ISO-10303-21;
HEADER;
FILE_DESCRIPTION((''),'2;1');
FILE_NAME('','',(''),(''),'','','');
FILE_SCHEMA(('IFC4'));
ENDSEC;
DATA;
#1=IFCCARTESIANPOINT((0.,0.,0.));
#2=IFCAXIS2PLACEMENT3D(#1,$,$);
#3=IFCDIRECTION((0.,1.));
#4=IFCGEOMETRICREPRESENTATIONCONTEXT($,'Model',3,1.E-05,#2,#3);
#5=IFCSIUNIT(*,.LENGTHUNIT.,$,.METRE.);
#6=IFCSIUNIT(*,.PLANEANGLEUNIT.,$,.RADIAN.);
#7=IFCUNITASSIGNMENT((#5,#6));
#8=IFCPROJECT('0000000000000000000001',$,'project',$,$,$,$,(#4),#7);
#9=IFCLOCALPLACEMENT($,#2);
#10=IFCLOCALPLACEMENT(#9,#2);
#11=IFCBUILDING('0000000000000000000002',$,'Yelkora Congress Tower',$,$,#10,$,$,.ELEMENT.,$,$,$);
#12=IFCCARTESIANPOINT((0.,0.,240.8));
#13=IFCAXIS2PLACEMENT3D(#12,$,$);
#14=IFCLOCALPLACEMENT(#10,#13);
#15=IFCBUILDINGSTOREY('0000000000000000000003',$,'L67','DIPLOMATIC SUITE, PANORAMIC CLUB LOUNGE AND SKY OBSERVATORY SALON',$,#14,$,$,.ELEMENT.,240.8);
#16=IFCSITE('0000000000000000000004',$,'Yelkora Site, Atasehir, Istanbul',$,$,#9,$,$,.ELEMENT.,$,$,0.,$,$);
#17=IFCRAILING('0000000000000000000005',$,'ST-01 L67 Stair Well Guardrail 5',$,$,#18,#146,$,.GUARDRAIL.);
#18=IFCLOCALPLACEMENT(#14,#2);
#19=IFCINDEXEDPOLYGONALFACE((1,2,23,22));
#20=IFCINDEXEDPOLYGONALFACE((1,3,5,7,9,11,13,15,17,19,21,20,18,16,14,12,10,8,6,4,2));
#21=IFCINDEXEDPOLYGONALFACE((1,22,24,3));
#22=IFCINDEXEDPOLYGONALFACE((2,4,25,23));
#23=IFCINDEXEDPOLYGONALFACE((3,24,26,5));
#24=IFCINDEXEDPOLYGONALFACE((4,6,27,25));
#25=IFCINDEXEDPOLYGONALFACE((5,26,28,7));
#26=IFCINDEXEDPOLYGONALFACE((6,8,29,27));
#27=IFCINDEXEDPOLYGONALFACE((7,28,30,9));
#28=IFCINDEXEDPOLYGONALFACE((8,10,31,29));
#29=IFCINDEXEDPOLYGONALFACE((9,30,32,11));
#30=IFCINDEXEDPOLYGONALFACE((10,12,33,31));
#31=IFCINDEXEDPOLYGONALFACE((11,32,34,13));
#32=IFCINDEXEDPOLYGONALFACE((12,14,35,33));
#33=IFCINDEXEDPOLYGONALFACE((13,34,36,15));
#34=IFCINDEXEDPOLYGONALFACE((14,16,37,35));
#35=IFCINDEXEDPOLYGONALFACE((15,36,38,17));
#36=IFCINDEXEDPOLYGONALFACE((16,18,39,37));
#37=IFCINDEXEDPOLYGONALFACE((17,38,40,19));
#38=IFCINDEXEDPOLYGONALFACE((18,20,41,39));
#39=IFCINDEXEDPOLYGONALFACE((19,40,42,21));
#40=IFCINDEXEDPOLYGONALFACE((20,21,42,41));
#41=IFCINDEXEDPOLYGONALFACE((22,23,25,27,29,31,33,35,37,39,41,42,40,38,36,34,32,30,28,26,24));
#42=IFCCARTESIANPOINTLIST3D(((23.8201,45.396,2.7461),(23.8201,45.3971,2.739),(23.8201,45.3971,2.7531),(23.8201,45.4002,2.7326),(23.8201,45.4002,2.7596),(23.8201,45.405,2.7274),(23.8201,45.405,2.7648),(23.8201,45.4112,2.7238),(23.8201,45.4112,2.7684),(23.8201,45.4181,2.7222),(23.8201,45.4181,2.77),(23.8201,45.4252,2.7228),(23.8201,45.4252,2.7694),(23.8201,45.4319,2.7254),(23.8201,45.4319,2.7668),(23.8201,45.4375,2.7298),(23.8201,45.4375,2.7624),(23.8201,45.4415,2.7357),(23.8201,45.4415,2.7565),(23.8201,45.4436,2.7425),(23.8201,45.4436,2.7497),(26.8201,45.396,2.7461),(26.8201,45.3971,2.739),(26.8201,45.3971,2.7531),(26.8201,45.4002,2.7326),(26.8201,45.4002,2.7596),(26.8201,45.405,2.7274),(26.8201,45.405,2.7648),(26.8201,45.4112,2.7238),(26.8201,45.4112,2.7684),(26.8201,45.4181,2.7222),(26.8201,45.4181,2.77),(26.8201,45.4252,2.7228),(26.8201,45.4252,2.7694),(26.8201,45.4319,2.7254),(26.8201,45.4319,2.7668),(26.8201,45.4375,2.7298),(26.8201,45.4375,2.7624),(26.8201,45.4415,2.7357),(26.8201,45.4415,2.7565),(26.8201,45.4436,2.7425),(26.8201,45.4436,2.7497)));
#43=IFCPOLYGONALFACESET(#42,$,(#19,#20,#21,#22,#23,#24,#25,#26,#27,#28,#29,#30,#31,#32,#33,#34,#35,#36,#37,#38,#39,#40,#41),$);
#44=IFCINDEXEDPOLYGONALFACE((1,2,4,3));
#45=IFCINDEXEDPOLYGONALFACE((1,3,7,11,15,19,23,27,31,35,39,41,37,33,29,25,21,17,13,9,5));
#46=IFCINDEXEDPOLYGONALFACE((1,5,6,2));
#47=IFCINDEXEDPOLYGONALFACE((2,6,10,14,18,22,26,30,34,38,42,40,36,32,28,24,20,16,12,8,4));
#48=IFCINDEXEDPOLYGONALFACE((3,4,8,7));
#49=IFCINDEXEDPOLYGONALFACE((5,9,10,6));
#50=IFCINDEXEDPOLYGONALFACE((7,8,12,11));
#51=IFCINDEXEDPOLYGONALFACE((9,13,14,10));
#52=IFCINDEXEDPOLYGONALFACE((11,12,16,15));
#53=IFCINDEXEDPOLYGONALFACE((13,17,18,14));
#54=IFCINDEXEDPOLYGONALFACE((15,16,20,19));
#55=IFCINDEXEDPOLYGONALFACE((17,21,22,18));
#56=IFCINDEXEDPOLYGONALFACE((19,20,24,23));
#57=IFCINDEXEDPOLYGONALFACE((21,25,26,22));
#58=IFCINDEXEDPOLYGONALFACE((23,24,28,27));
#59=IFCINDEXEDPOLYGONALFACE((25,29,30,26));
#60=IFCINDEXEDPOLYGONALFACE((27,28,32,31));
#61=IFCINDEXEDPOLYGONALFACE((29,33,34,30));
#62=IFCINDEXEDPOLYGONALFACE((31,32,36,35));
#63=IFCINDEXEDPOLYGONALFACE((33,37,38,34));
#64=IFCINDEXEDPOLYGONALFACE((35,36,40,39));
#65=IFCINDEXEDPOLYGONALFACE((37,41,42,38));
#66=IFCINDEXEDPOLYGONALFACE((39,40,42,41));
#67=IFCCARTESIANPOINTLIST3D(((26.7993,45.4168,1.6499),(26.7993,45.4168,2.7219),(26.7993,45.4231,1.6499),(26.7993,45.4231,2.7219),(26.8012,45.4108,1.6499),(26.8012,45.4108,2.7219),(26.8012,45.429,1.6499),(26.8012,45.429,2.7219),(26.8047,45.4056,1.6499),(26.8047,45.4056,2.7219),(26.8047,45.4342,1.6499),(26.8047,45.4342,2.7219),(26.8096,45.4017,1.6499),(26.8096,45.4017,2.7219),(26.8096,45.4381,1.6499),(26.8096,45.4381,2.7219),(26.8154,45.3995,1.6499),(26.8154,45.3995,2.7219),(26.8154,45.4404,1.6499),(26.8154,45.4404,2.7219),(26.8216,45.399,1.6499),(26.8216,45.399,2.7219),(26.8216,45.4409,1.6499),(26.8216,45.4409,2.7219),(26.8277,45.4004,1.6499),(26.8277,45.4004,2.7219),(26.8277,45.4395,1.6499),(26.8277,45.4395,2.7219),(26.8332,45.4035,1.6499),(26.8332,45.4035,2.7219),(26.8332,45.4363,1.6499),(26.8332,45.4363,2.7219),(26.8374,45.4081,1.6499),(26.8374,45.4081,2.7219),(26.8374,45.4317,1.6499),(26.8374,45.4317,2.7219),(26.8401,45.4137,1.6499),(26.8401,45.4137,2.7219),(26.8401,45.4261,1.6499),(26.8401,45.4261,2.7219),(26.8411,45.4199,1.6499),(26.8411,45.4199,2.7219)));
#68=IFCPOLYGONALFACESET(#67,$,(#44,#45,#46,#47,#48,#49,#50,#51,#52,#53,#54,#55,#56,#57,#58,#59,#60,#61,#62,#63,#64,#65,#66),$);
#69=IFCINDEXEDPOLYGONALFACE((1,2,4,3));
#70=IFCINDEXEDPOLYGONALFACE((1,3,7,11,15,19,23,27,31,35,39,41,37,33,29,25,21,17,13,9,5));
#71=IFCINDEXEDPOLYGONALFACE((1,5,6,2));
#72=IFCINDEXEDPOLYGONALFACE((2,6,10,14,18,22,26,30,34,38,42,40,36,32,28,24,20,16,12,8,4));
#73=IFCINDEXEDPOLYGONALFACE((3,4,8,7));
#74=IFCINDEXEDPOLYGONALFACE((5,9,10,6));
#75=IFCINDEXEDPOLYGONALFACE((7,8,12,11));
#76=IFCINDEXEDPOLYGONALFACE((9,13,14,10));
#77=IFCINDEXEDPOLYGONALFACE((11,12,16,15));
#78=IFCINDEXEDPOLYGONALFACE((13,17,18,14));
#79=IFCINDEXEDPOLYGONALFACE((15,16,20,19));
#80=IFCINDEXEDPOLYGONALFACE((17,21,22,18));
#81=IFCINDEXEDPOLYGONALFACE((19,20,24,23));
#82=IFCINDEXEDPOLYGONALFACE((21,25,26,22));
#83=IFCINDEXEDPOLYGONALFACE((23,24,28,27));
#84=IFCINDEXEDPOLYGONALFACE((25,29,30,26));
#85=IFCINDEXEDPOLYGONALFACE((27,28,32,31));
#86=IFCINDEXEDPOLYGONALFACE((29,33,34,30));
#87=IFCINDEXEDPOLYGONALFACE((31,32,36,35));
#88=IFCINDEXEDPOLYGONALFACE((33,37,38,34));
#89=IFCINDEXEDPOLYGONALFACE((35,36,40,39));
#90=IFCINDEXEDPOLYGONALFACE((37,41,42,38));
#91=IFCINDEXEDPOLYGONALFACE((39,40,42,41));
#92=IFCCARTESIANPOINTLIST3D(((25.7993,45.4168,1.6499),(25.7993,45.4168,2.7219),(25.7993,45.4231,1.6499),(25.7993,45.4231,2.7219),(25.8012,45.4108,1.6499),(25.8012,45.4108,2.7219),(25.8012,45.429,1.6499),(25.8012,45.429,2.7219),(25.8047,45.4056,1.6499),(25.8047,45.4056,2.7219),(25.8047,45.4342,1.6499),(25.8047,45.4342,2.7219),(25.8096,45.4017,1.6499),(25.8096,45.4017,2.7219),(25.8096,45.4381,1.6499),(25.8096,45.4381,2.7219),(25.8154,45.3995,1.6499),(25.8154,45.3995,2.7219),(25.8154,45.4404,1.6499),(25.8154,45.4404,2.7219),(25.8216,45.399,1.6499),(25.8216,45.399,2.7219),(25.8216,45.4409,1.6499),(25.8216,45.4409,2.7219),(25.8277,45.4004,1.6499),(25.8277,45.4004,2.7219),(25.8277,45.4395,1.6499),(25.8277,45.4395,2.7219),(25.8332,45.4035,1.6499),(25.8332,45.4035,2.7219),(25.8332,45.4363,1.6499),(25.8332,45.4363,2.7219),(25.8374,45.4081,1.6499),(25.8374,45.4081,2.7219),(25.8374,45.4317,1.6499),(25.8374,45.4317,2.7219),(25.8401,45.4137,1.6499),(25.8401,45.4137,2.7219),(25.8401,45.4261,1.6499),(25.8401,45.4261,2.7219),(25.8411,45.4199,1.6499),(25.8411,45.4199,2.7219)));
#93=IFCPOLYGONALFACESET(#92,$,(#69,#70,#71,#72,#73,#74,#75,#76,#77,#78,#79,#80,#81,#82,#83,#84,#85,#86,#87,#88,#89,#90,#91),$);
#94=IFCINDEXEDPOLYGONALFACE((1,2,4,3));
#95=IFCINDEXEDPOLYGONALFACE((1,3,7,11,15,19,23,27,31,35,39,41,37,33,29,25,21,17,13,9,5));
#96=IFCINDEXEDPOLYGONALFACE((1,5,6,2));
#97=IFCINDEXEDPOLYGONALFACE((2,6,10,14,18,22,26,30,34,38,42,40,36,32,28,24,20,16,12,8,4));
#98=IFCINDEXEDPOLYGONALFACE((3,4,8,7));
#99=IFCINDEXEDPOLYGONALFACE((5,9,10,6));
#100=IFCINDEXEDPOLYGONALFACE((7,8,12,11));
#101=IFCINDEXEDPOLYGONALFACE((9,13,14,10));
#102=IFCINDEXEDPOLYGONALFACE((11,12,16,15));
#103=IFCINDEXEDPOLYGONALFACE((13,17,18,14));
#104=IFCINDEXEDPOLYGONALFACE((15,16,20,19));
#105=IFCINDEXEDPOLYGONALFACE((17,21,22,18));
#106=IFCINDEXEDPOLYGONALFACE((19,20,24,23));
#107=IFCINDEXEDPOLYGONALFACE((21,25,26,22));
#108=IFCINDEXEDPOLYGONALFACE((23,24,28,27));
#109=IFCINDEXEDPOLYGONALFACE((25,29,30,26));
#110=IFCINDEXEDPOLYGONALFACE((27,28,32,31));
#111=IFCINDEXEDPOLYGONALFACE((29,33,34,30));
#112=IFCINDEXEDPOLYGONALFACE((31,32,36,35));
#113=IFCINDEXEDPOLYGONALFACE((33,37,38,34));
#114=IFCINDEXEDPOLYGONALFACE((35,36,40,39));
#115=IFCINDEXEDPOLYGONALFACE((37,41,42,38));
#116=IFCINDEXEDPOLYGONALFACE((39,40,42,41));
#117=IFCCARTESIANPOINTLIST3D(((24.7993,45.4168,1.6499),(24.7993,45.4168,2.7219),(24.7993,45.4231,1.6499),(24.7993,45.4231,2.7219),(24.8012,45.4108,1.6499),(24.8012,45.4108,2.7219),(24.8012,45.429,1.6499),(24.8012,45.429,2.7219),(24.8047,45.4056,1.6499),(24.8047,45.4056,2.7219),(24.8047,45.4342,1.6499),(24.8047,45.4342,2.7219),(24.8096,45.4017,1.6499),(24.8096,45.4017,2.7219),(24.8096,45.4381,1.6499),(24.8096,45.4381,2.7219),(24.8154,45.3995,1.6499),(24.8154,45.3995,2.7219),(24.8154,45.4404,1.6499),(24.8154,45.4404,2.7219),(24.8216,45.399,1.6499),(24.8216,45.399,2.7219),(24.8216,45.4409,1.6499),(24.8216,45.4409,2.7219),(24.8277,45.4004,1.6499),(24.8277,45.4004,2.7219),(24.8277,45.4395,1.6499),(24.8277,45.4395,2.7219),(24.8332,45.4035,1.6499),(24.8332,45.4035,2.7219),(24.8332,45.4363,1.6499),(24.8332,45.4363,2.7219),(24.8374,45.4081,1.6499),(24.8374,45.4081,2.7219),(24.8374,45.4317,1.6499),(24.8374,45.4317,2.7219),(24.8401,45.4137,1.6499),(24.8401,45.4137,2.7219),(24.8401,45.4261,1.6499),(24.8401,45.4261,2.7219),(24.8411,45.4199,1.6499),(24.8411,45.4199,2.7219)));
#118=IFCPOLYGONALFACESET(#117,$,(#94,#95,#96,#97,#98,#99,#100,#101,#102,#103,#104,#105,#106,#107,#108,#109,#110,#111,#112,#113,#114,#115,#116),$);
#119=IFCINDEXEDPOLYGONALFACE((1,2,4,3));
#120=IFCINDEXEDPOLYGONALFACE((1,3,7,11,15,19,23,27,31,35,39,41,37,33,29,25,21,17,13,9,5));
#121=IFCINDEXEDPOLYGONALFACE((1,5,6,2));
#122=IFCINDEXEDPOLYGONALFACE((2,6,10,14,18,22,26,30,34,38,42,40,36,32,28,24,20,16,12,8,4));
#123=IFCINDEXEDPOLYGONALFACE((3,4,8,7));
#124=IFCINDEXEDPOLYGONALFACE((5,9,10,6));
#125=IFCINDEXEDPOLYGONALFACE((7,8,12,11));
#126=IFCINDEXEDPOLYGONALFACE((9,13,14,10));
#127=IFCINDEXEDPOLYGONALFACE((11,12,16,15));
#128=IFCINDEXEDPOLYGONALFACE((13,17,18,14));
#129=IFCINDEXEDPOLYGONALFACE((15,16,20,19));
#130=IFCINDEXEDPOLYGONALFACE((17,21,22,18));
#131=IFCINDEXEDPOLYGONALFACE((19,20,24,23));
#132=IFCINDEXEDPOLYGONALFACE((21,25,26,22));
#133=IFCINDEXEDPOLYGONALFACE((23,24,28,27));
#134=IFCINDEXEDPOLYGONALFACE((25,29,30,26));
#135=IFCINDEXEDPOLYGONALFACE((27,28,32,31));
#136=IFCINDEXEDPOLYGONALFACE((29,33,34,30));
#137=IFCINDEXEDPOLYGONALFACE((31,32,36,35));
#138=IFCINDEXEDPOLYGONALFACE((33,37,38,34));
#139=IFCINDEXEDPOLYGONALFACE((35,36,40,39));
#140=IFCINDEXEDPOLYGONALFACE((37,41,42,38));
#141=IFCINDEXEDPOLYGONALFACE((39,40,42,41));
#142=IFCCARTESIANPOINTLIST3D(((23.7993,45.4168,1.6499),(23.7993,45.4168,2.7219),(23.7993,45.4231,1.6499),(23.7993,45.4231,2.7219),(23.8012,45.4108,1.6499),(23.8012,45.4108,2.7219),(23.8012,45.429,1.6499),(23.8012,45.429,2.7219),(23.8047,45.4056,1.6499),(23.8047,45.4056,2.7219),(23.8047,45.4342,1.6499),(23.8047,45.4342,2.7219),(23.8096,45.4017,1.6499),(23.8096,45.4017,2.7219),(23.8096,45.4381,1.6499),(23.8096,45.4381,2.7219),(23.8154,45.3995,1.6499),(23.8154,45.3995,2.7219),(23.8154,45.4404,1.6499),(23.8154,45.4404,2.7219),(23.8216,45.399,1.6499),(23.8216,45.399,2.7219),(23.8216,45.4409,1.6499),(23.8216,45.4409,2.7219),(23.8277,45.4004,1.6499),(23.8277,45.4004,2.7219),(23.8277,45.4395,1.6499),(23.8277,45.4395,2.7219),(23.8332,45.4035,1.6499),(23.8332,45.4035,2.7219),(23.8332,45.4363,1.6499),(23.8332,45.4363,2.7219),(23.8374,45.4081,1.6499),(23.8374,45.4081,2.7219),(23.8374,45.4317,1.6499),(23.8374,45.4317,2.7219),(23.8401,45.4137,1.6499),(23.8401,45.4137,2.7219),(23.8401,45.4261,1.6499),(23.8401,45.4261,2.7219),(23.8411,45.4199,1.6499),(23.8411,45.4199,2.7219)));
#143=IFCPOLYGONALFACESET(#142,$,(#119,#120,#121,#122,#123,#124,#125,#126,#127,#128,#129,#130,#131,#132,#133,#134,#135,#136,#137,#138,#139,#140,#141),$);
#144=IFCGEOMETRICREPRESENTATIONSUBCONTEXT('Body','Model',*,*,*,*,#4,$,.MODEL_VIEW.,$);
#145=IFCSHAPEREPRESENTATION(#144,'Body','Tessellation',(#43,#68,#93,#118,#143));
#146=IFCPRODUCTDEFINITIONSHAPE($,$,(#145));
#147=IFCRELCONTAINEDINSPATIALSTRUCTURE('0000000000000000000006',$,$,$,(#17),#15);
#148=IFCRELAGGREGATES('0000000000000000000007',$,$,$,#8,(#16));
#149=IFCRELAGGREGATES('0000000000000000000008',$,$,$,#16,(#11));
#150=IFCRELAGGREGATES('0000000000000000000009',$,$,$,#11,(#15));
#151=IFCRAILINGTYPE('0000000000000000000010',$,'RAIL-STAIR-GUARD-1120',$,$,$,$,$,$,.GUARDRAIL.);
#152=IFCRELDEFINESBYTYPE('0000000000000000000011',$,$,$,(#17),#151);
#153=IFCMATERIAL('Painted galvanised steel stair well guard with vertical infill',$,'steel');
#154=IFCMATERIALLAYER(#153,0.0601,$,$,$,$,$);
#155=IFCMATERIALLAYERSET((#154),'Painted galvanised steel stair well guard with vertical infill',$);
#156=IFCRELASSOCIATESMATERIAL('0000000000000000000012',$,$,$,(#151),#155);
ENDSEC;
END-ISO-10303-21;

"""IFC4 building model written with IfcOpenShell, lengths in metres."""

from ifc_helpers import new_model, si_unit, direction, frame, origin, origin_2d, place, context, subcontext, project, spatial, circle, extrude, material, layer, layer_set, type_object, element, save


model = new_model("IFC4")

# Units and contexts
model_context = context("Model", 3, precision=1e-05, world=origin(), true_north=direction((0.0, 1.0)))
body_context = subcontext(model_context, "Body", "Model", "MODEL_VIEW")
ifc_project = project(units=[si_unit("LENGTHUNIT", "METRE"), si_unit("PLANEANGLEUNIT", "RADIAN")], contexts=[model_context])

# Site, building, storey
site_placement = place(None, origin())
site = spatial("IfcSite", under=ifc_project, at=site_placement, Name="Yelkora Site, Atasehir, Istanbul", CompositionType="ELEMENT", RefElevation=0.0)
building_placement = place(site_placement, origin())
building = spatial("IfcBuilding", under=site, at=building_placement, Name="Yelkora Congress Tower", CompositionType="ELEMENT")
storey_placement = place(building_placement, frame((0.0, 0.0, 240.8)))
storey = spatial("IfcBuildingStorey", under=building, at=storey_placement, Name="L67", Description="DIPLOMATIC SUITE, PANORAMIC CLUB LOUNGE AND SKY OBSERVATORY SALON", CompositionType="ELEMENT", Elevation=240.8)

# Railing
ifc_material_1 = material(Name="Painted galvanised steel stair well guard with vertical infill", Category="steel")
ifc_layer_1 = layer(ifc_material_1, 0.0601)
ifc_layer_set_1 = layer_set([ifc_layer_1], Name="Painted galvanised steel stair well guard with vertical infill")
railing_type = type_object("IfcRailingType", Name="RAIL-STAIR-GUARD-1120", PredefinedType="GUARDRAIL", material=ifc_layer_set_1)
railing_1_placement = place(storey_placement, frame((26.8201, 45.4199, 1.6499)))
element("IfcRailing", 1, at=railing_1_placement, inside=storey, type_object=railing_type, Name="ST-01 L67 Stair Well Guardrail 5", PredefinedType="GUARDRAIL", context=body_context, shape_type="SweptSolid", body=[
    extrude(circle(Radius=0.0239, at=origin_2d()), frame((0.0, 0.0, 1.0962), z_axis=(-1.0, 0.0, 0.0), x_axis=(0.0, -1.0, 0.0)), (0.0, 0.0, 1.0), 3.0),
    extrude(circle(Radius=0.021, at=origin_2d()), origin(), (0.0, 0.0, 1.0), 1.072),
    extrude(circle(Radius=0.021, at=origin_2d()), frame((-1.0, 0.0, 0.0)), (0.0, 0.0, 1.0), 1.072),
    extrude(circle(Radius=0.021, at=origin_2d()), frame((-2.0, 0.0, 0.0)), (0.0, 0.0, 1.0), 1.072),
    extrude(circle(Radius=0.021, at=origin_2d()), frame((-3.0, 0.0, 0.0)), (0.0, 0.0, 1.0), 1.072),
])

save(model, "model.ifc")
